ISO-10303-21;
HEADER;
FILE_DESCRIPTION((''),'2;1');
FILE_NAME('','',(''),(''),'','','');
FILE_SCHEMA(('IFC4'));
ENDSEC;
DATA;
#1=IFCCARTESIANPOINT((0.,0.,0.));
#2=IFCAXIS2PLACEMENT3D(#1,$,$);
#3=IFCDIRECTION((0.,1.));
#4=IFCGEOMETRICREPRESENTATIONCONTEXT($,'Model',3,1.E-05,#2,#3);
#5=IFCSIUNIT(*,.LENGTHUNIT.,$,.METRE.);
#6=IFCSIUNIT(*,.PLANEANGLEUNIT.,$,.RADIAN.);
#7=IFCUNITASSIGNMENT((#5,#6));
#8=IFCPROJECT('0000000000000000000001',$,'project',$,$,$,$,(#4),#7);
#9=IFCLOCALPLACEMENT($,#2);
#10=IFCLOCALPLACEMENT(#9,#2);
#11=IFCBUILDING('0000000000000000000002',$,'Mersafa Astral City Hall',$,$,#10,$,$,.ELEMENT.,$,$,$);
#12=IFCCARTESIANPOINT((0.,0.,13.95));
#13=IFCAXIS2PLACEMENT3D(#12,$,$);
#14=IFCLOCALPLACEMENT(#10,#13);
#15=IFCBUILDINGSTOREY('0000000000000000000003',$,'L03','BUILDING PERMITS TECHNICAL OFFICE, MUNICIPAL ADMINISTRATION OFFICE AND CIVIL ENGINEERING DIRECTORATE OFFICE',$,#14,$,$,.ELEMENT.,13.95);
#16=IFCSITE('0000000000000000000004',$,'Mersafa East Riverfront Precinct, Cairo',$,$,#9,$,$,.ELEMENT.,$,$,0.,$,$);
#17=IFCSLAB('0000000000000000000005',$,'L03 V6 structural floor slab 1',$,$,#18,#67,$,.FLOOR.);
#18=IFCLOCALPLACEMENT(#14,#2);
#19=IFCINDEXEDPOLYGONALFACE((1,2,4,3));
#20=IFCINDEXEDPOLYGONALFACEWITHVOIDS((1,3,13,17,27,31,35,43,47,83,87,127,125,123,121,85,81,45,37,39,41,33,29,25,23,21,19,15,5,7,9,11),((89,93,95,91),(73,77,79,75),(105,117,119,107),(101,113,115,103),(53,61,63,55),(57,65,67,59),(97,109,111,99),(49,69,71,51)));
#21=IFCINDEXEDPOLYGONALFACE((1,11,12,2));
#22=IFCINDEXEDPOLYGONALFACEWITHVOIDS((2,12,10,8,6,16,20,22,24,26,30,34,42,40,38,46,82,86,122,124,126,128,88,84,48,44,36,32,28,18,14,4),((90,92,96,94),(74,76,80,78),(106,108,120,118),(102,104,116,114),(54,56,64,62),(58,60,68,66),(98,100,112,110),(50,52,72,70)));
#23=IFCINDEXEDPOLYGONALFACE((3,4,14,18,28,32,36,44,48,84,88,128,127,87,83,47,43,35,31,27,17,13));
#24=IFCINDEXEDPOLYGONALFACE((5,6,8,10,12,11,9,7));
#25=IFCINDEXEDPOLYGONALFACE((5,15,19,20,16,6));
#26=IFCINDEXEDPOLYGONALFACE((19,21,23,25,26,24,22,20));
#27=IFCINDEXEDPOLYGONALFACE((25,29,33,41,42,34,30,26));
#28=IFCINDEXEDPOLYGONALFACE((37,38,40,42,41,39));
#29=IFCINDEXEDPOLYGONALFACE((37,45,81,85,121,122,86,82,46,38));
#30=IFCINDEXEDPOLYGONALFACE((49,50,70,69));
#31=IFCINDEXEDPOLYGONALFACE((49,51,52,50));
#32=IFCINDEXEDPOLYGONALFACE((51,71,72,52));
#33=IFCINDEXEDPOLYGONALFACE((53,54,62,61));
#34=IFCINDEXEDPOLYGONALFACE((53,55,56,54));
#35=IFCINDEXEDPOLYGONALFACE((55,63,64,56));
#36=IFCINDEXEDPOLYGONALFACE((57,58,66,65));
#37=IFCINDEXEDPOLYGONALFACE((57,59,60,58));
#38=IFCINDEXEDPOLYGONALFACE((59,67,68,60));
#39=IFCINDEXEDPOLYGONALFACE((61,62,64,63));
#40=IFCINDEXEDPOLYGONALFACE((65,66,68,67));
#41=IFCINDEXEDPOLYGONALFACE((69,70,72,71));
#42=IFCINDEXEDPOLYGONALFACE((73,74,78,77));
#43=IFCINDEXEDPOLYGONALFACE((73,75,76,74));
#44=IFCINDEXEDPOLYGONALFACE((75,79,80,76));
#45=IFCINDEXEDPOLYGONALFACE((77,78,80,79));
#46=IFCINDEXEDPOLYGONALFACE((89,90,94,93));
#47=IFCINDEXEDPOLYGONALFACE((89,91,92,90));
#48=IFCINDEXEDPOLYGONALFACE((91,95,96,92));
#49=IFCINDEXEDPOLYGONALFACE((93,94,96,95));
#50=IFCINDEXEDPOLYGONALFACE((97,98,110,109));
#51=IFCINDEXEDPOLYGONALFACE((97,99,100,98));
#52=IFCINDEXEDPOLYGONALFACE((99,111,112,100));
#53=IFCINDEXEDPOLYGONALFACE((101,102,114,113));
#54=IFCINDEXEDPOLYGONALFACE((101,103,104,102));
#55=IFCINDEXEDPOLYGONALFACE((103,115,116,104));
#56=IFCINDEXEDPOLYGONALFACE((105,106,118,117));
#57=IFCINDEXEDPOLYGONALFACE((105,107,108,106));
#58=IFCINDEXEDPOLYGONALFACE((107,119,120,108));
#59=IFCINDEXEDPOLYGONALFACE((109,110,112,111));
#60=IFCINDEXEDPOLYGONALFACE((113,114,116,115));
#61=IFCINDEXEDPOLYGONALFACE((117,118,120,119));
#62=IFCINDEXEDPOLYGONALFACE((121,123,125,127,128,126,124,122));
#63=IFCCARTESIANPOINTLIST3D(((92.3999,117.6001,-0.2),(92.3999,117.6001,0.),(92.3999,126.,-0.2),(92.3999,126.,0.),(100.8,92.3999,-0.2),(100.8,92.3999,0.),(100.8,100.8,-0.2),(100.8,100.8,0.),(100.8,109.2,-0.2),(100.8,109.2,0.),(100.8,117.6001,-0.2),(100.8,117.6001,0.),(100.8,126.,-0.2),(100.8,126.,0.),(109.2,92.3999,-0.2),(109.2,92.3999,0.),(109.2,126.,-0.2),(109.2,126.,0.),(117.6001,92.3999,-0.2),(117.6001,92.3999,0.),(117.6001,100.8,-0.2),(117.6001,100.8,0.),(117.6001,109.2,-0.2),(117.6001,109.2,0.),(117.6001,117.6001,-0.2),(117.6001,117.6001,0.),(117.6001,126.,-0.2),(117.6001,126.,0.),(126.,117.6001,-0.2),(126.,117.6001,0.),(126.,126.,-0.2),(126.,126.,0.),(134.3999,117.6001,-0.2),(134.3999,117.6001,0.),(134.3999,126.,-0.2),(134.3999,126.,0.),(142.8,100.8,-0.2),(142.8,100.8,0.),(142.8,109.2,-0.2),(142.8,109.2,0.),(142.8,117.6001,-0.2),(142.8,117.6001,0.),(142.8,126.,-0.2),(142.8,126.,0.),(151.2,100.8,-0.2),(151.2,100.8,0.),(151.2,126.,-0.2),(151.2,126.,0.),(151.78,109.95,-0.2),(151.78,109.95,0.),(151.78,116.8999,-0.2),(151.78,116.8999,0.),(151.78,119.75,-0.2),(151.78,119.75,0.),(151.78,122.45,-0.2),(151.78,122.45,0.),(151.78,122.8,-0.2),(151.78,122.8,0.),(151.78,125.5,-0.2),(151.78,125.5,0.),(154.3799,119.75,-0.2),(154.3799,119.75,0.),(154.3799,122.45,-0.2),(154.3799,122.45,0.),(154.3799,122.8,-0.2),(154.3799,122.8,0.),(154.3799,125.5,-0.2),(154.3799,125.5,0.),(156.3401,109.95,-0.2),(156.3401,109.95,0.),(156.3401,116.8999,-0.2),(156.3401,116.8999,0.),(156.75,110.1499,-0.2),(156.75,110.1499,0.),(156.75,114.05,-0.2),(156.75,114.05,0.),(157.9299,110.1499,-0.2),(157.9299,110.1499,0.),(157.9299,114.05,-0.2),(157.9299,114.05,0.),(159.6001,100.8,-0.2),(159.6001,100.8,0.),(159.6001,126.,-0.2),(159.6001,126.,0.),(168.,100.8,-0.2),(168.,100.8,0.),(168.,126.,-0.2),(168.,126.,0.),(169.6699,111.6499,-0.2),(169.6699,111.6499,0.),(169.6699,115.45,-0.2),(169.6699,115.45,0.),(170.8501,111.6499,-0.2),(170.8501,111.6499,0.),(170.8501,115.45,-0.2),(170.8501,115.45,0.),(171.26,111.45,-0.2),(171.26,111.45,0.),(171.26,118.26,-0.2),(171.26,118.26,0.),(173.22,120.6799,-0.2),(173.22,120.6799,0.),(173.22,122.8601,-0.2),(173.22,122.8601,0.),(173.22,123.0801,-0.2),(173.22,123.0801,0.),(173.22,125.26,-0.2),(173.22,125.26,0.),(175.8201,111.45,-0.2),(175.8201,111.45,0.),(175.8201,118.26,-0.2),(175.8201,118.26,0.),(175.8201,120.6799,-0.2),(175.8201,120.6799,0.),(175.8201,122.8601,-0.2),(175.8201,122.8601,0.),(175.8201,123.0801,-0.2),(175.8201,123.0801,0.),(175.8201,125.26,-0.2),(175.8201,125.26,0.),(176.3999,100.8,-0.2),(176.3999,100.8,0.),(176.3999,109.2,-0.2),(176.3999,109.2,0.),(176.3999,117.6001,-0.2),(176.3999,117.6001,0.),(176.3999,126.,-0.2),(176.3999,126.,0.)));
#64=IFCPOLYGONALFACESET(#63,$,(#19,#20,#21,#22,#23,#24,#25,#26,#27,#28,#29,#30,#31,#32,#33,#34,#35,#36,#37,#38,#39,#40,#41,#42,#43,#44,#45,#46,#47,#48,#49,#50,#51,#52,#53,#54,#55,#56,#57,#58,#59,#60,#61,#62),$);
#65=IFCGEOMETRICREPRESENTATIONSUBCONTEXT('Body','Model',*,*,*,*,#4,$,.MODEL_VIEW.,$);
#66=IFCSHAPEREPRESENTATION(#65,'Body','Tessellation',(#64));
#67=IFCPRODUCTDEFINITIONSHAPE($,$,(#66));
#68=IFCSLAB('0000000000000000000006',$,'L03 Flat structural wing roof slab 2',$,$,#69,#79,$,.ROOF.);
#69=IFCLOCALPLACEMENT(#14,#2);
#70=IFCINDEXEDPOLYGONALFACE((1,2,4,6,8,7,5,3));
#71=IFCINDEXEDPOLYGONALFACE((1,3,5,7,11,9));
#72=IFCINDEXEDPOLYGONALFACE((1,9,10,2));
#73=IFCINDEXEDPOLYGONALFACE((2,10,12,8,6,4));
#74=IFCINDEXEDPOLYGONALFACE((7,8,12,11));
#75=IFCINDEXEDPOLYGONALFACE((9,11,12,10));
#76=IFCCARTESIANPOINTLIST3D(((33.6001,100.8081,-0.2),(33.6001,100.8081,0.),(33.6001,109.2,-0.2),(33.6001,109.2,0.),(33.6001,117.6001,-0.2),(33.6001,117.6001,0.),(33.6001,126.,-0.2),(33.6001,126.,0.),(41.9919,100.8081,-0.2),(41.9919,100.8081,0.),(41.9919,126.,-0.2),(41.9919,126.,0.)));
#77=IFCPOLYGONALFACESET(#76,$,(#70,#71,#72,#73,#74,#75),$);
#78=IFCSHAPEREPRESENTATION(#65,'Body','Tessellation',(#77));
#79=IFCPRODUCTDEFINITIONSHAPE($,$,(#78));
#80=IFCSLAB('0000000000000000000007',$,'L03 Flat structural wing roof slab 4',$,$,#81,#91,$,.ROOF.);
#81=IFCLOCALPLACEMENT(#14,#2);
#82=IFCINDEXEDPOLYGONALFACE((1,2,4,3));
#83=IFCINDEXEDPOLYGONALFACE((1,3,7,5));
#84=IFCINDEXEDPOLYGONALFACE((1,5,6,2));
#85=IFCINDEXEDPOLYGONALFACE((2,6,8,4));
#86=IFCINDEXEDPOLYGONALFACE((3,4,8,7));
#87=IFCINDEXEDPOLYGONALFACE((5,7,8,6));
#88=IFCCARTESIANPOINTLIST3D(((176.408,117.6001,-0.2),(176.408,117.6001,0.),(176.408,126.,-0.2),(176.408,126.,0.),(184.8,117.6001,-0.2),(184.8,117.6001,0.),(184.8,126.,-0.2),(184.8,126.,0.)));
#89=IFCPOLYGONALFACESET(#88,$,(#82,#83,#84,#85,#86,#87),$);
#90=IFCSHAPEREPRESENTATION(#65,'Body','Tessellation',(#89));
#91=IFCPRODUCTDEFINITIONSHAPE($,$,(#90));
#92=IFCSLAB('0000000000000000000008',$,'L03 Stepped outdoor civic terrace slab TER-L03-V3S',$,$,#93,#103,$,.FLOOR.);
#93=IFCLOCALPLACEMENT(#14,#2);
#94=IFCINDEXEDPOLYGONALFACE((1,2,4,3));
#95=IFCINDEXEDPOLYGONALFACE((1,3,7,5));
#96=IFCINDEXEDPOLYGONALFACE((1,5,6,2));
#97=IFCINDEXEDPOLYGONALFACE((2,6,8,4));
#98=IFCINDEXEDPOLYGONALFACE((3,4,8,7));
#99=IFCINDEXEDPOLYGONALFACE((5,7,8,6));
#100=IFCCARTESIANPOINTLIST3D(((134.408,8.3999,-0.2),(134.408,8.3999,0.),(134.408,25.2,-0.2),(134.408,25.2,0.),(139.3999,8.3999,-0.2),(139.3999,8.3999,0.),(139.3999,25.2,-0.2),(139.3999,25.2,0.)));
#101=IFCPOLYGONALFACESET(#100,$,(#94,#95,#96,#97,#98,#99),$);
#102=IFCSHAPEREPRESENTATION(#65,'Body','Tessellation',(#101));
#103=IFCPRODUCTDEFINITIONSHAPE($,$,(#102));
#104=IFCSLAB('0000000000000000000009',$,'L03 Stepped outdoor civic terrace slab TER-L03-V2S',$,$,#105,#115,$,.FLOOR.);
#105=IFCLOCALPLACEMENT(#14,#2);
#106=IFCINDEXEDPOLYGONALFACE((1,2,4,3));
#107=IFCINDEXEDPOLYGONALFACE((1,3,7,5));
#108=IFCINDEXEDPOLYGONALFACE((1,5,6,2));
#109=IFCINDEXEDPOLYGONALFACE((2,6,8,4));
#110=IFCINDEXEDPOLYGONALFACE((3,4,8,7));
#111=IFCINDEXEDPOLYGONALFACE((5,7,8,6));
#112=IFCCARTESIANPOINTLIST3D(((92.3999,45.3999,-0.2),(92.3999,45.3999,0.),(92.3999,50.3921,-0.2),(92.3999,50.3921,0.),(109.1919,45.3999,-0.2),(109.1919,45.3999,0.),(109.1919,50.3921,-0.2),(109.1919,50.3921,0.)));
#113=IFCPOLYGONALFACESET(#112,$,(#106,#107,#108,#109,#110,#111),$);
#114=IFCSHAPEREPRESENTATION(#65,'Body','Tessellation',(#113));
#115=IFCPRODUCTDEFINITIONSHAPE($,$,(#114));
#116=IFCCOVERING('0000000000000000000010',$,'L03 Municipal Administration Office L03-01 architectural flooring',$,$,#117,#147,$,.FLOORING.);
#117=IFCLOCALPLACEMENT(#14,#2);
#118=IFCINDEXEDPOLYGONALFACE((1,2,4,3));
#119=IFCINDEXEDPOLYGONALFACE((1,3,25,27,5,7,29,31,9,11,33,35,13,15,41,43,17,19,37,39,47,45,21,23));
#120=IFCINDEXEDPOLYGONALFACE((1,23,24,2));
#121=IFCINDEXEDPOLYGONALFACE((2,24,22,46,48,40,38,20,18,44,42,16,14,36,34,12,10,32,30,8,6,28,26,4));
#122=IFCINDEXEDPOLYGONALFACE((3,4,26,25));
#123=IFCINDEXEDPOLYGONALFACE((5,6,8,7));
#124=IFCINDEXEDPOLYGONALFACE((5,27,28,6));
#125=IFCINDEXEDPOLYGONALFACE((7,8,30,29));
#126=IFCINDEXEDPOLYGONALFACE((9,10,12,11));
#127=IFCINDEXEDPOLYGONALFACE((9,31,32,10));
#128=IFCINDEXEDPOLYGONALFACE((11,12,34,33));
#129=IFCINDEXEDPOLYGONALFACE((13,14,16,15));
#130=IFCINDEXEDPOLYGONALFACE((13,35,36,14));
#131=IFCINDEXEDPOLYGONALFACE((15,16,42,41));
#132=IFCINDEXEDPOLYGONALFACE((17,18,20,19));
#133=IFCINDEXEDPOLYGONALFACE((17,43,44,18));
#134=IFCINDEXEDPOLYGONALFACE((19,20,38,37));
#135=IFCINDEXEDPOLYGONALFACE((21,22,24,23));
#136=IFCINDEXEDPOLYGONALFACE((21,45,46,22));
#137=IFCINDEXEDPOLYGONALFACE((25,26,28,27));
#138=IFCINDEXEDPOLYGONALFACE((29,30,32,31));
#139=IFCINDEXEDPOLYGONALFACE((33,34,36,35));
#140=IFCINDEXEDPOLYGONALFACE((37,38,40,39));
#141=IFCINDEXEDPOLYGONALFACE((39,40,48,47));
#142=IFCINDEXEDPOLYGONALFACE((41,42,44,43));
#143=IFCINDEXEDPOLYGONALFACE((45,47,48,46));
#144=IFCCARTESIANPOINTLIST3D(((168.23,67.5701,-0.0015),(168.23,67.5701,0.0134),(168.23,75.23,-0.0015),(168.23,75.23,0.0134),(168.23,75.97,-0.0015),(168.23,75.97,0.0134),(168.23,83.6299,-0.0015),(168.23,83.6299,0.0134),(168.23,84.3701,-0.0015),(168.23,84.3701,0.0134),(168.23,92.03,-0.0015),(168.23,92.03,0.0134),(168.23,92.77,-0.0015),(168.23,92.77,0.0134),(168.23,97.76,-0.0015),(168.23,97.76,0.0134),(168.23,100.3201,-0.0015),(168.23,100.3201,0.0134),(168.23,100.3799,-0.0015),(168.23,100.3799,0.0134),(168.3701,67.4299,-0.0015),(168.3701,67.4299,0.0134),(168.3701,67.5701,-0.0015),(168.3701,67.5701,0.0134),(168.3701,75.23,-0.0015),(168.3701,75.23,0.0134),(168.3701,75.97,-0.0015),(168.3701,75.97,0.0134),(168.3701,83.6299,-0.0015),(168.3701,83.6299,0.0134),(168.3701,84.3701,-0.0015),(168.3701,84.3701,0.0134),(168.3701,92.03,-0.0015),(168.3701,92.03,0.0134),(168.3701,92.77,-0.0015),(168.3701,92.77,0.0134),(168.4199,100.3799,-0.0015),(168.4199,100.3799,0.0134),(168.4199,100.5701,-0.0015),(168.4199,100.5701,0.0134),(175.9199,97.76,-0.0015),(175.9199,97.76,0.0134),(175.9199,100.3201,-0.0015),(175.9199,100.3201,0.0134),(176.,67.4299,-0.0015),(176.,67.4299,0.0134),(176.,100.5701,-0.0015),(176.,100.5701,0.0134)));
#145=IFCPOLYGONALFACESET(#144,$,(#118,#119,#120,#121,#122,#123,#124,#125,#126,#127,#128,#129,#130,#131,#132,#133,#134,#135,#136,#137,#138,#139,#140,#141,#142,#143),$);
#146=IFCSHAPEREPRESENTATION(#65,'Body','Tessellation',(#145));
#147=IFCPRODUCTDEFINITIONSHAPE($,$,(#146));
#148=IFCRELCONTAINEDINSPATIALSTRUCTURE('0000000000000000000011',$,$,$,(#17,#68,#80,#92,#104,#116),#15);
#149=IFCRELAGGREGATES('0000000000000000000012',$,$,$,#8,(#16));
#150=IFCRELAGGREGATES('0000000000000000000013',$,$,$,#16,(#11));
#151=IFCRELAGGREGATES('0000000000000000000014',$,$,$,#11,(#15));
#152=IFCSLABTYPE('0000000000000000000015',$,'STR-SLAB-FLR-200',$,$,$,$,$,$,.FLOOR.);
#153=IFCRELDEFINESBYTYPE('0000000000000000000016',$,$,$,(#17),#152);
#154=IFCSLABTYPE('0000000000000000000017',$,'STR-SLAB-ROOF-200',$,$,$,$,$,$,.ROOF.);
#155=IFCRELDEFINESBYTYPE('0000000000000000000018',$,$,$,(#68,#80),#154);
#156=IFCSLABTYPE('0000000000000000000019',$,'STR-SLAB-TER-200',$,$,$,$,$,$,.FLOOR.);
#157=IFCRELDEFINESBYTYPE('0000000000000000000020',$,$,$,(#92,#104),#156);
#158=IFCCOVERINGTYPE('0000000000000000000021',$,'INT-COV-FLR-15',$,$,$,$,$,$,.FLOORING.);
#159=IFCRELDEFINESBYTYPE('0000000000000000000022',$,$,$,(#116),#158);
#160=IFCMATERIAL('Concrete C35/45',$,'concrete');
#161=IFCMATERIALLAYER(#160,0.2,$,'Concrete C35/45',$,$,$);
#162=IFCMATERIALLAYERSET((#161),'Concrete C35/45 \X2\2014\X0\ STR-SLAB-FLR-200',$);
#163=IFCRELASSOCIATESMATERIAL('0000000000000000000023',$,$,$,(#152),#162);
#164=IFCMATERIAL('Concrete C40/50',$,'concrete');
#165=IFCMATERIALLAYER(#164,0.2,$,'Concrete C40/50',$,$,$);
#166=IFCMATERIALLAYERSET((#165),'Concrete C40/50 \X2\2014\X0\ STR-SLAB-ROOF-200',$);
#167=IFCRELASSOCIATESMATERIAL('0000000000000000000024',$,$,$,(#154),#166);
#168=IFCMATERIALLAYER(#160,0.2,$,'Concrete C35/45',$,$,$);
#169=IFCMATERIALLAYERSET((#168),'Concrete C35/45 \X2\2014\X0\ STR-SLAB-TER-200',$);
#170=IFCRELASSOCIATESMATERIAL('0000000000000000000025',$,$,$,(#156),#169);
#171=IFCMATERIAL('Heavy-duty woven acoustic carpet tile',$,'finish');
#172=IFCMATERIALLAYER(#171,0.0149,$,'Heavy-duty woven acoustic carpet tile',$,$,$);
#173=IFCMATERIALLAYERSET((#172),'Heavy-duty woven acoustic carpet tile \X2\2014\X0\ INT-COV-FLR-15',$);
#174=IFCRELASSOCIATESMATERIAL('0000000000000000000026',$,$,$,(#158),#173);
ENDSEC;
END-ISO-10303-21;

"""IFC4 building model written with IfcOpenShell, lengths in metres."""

from ifc_helpers import new_model, si_unit, direction, frame, origin, place, context, subcontext, project, spatial, polyline, outline, extrude, material, layer, layer_set, type_object, element, save


model = new_model("IFC4")

# Units and contexts
model_context = context("Model", 3, precision=1e-05, world=origin(), true_north=direction((0.0, 1.0)))
body_context = subcontext(model_context, "Body", "Model", "MODEL_VIEW")
ifc_project = project(units=[si_unit("LENGTHUNIT", "METRE"), si_unit("PLANEANGLEUNIT", "RADIAN")], contexts=[model_context])

# Site, building, storey
site_placement = place(None, origin())
site = spatial("IfcSite", under=ifc_project, at=site_placement, Name="Mersafa East Riverfront Precinct, Cairo", CompositionType="ELEMENT", RefElevation=0.0)
building_placement = place(site_placement, origin())
building = spatial("IfcBuilding", under=site, at=building_placement, Name="Mersafa Astral City Hall", CompositionType="ELEMENT")
storey_placement = place(building_placement, frame((0.0, 0.0, 13.95)))
storey = spatial("IfcBuildingStorey", under=building, at=storey_placement, Name="L03", Description="BUILDING PERMITS TECHNICAL OFFICE, MUNICIPAL ADMINISTRATION OFFICE AND CIVIL ENGINEERING DIRECTORATE OFFICE", CompositionType="ELEMENT", Elevation=13.95)

# Slabs
ifc_material_1 = material(Name="Concrete C35/45", Category="concrete")
ifc_layer_1 = layer(ifc_material_1, 0.2, Name="Concrete C35/45")
ifc_layer_set_1 = layer_set([ifc_layer_1], Name="Concrete C35/45 — STR-SLAB-FLR-200")
slab_type_1 = type_object("IfcSlabType", Name="STR-SLAB-FLR-200", PredefinedType="FLOOR", material=ifc_layer_set_1)
slab_1_placement = place(storey_placement, frame((0.0, 0.0, -0.2)))
element("IfcSlab", 1, at=slab_1_placement, inside=storey, type_object=slab_type_1, Name="L03 V6 structural floor slab 1", PredefinedType="FLOOR", context=body_context, shape_type="SweptSolid", body=[
    extrude(outline(polyline([(92.3999, 117.6001), (92.3999, 126.0), (100.8, 126.0), (109.2, 126.0), (117.6001, 126.0), (126.0, 126.0), (134.3999, 126.0), (142.8, 126.0), (151.2, 126.0), (159.6001, 126.0), (168.0, 126.0), (176.3999, 126.0), (176.3999, 117.6001), (176.3999, 109.2), (176.3999, 100.8), (168.0, 100.8), (159.6001, 100.8), (151.2, 100.8), (142.8, 100.8), (142.8, 109.2), (142.8, 117.6001), (134.3999, 117.6001), (126.0, 117.6001), (117.6001, 117.6001), (117.6001, 109.2), (117.6001, 100.8), (117.6001, 92.3999), (109.2, 92.3999), (100.8, 92.3999), (100.8, 100.8), (100.8, 109.2), (100.8, 117.6001), (92.3999, 117.6001)]), holes=[polyline([(157.9299, 110.1499), (157.9299, 114.05), (156.75, 114.05), (156.75, 110.1499), (157.9299, 110.1499)]), polyline([(151.78, 116.8999), (151.78, 109.95), (156.3401, 109.95), (156.3401, 116.8999), (151.78, 116.8999)]), polyline([(170.8501, 115.45), (169.6699, 115.45), (169.6699, 111.6499), (170.8501, 111.6499), (170.8501, 115.45)]), polyline([(171.26, 118.26), (171.26, 111.45), (175.8201, 111.45), (175.8201, 118.26), (171.26, 118.26)]), polyline([(154.3799, 119.75), (154.3799, 122.45), (151.78, 122.45), (151.78, 119.75), (154.3799, 119.75)]), polyline([(175.8201, 122.8601), (173.22, 122.8601), (173.22, 120.6799), (175.8201, 120.6799), (175.8201, 122.8601)]), polyline([(154.3799, 122.8), (154.3799, 125.5), (151.78, 125.5), (151.78, 122.8), (154.3799, 122.8)]), polyline([(175.8201, 123.0801), (175.8201, 125.26), (173.22, 125.26), (173.22, 123.0801), (175.8201, 123.0801)])]), origin(), (0.0, 0.0, 1.0), 0.2),
])
ifc_material_2 = material(Name="Concrete C40/50", Category="concrete")
ifc_layer_2 = layer(ifc_material_2, 0.2, Name="Concrete C40/50")
ifc_layer_set_2 = layer_set([ifc_layer_2], Name="Concrete C40/50 — STR-SLAB-ROOF-200")
slab_type_2 = type_object("IfcSlabType", Name="STR-SLAB-ROOF-200", PredefinedType="ROOF", material=ifc_layer_set_2)
slab_2_placement = place(storey_placement, frame((0.0, 0.0, -0.2)))
element("IfcSlab", 2, at=slab_2_placement, inside=storey, type_object=slab_type_2, Name="L03 Flat structural wing roof slab 2", PredefinedType="ROOF", context=body_context, shape_type="SweptSolid", body=[
    extrude(outline(polyline([(33.6001, 109.2), (33.6001, 117.6001), (33.6001, 126.0), (41.9919, 126.0), (41.9919, 100.8081), (33.6001, 100.8081), (33.6001, 109.2)])), origin(), (0.0, 0.0, 1.0), 0.2),
])
slab_3_placement = place(storey_placement, frame((0.0, 0.0, -0.2)))
element("IfcSlab", 3, at=slab_3_placement, inside=storey, type_object=slab_type_2, Name="L03 Flat structural wing roof slab 4", PredefinedType="ROOF", context=body_context, shape_type="SweptSolid", body=[
    extrude(outline(polyline([(184.8, 126.0), (184.8, 117.6001), (176.408, 117.6001), (176.408, 126.0), (184.8, 126.0)])), origin(), (0.0, 0.0, 1.0), 0.2),
])
ifc_layer_3 = layer(ifc_material_1, 0.2, Name="Concrete C35/45")
ifc_layer_set_3 = layer_set([ifc_layer_3], Name="Concrete C35/45 — STR-SLAB-TER-200")
slab_type_3 = type_object("IfcSlabType", Name="STR-SLAB-TER-200", PredefinedType="FLOOR", material=ifc_layer_set_3)
slab_4_placement = place(storey_placement, frame((0.0, 0.0, -0.2)))
element("IfcSlab", 4, at=slab_4_placement, inside=storey, type_object=slab_type_3, Name="L03 Stepped outdoor civic terrace slab TER-L03-V3S", PredefinedType="FLOOR", context=body_context, shape_type="SweptSolid", body=[
    extrude(outline(polyline([(139.3999, 25.2), (139.3999, 8.3999), (134.408, 8.3999), (134.408, 25.2), (139.3999, 25.2)])), origin(), (0.0, 0.0, 1.0), 0.2),
])
slab_5_placement = place(storey_placement, frame((0.0, 0.0, -0.2)))
element("IfcSlab", 5, at=slab_5_placement, inside=storey, type_object=slab_type_3, Name="L03 Stepped outdoor civic terrace slab TER-L03-V2S", PredefinedType="FLOOR", context=body_context, shape_type="SweptSolid", body=[
    extrude(outline(polyline([(92.3999, 45.3999), (92.3999, 50.3921), (109.1919, 50.3921), (109.1919, 45.3999), (92.3999, 45.3999)])), origin(), (0.0, 0.0, 1.0), 0.2),
])

# Covering
ifc_material_3 = material(Name="Heavy-duty woven acoustic carpet tile", Category="finish")
ifc_layer_4 = layer(ifc_material_3, 0.0149, Name="Heavy-duty woven acoustic carpet tile")
ifc_layer_set_4 = layer_set([ifc_layer_4], Name="Heavy-duty woven acoustic carpet tile — INT-COV-FLR-15")
covering_type = type_object("IfcCoveringType", Name="INT-COV-FLR-15", PredefinedType="FLOORING", material=ifc_layer_set_4)
covering_1_placement = place(storey_placement, frame((0.0, 0.0, -0.0015)))
element("IfcCovering", 6, at=covering_1_placement, inside=storey, type_object=covering_type, Name="L03 Municipal Administration Office L03-01 architectural flooring", PredefinedType="FLOORING", context=body_context, shape_type="SweptSolid", body=[
    extrude(outline(polyline([(168.23, 92.03), (168.3701, 92.03), (168.3701, 92.77), (168.23, 92.77), (168.23, 97.76), (175.9199, 97.76), (175.9199, 100.3201), (168.23, 100.3201), (168.23, 100.3799), (168.4199, 100.3799), (168.4199, 100.5701), (176.0, 100.5701), (176.0, 67.4299), (168.3701, 67.4299), (168.3701, 67.5701), (168.23, 67.5701), (168.23, 75.23), (168.3701, 75.23), (168.3701, 75.97), (168.23, 75.97), (168.23, 83.6299), (168.3701, 83.6299), (168.3701, 84.3701), (168.23, 84.3701), (168.23, 92.03)])), origin(), (0.0, 0.0, 1.0), 0.0149),
])

save(model, "model.ifc")
